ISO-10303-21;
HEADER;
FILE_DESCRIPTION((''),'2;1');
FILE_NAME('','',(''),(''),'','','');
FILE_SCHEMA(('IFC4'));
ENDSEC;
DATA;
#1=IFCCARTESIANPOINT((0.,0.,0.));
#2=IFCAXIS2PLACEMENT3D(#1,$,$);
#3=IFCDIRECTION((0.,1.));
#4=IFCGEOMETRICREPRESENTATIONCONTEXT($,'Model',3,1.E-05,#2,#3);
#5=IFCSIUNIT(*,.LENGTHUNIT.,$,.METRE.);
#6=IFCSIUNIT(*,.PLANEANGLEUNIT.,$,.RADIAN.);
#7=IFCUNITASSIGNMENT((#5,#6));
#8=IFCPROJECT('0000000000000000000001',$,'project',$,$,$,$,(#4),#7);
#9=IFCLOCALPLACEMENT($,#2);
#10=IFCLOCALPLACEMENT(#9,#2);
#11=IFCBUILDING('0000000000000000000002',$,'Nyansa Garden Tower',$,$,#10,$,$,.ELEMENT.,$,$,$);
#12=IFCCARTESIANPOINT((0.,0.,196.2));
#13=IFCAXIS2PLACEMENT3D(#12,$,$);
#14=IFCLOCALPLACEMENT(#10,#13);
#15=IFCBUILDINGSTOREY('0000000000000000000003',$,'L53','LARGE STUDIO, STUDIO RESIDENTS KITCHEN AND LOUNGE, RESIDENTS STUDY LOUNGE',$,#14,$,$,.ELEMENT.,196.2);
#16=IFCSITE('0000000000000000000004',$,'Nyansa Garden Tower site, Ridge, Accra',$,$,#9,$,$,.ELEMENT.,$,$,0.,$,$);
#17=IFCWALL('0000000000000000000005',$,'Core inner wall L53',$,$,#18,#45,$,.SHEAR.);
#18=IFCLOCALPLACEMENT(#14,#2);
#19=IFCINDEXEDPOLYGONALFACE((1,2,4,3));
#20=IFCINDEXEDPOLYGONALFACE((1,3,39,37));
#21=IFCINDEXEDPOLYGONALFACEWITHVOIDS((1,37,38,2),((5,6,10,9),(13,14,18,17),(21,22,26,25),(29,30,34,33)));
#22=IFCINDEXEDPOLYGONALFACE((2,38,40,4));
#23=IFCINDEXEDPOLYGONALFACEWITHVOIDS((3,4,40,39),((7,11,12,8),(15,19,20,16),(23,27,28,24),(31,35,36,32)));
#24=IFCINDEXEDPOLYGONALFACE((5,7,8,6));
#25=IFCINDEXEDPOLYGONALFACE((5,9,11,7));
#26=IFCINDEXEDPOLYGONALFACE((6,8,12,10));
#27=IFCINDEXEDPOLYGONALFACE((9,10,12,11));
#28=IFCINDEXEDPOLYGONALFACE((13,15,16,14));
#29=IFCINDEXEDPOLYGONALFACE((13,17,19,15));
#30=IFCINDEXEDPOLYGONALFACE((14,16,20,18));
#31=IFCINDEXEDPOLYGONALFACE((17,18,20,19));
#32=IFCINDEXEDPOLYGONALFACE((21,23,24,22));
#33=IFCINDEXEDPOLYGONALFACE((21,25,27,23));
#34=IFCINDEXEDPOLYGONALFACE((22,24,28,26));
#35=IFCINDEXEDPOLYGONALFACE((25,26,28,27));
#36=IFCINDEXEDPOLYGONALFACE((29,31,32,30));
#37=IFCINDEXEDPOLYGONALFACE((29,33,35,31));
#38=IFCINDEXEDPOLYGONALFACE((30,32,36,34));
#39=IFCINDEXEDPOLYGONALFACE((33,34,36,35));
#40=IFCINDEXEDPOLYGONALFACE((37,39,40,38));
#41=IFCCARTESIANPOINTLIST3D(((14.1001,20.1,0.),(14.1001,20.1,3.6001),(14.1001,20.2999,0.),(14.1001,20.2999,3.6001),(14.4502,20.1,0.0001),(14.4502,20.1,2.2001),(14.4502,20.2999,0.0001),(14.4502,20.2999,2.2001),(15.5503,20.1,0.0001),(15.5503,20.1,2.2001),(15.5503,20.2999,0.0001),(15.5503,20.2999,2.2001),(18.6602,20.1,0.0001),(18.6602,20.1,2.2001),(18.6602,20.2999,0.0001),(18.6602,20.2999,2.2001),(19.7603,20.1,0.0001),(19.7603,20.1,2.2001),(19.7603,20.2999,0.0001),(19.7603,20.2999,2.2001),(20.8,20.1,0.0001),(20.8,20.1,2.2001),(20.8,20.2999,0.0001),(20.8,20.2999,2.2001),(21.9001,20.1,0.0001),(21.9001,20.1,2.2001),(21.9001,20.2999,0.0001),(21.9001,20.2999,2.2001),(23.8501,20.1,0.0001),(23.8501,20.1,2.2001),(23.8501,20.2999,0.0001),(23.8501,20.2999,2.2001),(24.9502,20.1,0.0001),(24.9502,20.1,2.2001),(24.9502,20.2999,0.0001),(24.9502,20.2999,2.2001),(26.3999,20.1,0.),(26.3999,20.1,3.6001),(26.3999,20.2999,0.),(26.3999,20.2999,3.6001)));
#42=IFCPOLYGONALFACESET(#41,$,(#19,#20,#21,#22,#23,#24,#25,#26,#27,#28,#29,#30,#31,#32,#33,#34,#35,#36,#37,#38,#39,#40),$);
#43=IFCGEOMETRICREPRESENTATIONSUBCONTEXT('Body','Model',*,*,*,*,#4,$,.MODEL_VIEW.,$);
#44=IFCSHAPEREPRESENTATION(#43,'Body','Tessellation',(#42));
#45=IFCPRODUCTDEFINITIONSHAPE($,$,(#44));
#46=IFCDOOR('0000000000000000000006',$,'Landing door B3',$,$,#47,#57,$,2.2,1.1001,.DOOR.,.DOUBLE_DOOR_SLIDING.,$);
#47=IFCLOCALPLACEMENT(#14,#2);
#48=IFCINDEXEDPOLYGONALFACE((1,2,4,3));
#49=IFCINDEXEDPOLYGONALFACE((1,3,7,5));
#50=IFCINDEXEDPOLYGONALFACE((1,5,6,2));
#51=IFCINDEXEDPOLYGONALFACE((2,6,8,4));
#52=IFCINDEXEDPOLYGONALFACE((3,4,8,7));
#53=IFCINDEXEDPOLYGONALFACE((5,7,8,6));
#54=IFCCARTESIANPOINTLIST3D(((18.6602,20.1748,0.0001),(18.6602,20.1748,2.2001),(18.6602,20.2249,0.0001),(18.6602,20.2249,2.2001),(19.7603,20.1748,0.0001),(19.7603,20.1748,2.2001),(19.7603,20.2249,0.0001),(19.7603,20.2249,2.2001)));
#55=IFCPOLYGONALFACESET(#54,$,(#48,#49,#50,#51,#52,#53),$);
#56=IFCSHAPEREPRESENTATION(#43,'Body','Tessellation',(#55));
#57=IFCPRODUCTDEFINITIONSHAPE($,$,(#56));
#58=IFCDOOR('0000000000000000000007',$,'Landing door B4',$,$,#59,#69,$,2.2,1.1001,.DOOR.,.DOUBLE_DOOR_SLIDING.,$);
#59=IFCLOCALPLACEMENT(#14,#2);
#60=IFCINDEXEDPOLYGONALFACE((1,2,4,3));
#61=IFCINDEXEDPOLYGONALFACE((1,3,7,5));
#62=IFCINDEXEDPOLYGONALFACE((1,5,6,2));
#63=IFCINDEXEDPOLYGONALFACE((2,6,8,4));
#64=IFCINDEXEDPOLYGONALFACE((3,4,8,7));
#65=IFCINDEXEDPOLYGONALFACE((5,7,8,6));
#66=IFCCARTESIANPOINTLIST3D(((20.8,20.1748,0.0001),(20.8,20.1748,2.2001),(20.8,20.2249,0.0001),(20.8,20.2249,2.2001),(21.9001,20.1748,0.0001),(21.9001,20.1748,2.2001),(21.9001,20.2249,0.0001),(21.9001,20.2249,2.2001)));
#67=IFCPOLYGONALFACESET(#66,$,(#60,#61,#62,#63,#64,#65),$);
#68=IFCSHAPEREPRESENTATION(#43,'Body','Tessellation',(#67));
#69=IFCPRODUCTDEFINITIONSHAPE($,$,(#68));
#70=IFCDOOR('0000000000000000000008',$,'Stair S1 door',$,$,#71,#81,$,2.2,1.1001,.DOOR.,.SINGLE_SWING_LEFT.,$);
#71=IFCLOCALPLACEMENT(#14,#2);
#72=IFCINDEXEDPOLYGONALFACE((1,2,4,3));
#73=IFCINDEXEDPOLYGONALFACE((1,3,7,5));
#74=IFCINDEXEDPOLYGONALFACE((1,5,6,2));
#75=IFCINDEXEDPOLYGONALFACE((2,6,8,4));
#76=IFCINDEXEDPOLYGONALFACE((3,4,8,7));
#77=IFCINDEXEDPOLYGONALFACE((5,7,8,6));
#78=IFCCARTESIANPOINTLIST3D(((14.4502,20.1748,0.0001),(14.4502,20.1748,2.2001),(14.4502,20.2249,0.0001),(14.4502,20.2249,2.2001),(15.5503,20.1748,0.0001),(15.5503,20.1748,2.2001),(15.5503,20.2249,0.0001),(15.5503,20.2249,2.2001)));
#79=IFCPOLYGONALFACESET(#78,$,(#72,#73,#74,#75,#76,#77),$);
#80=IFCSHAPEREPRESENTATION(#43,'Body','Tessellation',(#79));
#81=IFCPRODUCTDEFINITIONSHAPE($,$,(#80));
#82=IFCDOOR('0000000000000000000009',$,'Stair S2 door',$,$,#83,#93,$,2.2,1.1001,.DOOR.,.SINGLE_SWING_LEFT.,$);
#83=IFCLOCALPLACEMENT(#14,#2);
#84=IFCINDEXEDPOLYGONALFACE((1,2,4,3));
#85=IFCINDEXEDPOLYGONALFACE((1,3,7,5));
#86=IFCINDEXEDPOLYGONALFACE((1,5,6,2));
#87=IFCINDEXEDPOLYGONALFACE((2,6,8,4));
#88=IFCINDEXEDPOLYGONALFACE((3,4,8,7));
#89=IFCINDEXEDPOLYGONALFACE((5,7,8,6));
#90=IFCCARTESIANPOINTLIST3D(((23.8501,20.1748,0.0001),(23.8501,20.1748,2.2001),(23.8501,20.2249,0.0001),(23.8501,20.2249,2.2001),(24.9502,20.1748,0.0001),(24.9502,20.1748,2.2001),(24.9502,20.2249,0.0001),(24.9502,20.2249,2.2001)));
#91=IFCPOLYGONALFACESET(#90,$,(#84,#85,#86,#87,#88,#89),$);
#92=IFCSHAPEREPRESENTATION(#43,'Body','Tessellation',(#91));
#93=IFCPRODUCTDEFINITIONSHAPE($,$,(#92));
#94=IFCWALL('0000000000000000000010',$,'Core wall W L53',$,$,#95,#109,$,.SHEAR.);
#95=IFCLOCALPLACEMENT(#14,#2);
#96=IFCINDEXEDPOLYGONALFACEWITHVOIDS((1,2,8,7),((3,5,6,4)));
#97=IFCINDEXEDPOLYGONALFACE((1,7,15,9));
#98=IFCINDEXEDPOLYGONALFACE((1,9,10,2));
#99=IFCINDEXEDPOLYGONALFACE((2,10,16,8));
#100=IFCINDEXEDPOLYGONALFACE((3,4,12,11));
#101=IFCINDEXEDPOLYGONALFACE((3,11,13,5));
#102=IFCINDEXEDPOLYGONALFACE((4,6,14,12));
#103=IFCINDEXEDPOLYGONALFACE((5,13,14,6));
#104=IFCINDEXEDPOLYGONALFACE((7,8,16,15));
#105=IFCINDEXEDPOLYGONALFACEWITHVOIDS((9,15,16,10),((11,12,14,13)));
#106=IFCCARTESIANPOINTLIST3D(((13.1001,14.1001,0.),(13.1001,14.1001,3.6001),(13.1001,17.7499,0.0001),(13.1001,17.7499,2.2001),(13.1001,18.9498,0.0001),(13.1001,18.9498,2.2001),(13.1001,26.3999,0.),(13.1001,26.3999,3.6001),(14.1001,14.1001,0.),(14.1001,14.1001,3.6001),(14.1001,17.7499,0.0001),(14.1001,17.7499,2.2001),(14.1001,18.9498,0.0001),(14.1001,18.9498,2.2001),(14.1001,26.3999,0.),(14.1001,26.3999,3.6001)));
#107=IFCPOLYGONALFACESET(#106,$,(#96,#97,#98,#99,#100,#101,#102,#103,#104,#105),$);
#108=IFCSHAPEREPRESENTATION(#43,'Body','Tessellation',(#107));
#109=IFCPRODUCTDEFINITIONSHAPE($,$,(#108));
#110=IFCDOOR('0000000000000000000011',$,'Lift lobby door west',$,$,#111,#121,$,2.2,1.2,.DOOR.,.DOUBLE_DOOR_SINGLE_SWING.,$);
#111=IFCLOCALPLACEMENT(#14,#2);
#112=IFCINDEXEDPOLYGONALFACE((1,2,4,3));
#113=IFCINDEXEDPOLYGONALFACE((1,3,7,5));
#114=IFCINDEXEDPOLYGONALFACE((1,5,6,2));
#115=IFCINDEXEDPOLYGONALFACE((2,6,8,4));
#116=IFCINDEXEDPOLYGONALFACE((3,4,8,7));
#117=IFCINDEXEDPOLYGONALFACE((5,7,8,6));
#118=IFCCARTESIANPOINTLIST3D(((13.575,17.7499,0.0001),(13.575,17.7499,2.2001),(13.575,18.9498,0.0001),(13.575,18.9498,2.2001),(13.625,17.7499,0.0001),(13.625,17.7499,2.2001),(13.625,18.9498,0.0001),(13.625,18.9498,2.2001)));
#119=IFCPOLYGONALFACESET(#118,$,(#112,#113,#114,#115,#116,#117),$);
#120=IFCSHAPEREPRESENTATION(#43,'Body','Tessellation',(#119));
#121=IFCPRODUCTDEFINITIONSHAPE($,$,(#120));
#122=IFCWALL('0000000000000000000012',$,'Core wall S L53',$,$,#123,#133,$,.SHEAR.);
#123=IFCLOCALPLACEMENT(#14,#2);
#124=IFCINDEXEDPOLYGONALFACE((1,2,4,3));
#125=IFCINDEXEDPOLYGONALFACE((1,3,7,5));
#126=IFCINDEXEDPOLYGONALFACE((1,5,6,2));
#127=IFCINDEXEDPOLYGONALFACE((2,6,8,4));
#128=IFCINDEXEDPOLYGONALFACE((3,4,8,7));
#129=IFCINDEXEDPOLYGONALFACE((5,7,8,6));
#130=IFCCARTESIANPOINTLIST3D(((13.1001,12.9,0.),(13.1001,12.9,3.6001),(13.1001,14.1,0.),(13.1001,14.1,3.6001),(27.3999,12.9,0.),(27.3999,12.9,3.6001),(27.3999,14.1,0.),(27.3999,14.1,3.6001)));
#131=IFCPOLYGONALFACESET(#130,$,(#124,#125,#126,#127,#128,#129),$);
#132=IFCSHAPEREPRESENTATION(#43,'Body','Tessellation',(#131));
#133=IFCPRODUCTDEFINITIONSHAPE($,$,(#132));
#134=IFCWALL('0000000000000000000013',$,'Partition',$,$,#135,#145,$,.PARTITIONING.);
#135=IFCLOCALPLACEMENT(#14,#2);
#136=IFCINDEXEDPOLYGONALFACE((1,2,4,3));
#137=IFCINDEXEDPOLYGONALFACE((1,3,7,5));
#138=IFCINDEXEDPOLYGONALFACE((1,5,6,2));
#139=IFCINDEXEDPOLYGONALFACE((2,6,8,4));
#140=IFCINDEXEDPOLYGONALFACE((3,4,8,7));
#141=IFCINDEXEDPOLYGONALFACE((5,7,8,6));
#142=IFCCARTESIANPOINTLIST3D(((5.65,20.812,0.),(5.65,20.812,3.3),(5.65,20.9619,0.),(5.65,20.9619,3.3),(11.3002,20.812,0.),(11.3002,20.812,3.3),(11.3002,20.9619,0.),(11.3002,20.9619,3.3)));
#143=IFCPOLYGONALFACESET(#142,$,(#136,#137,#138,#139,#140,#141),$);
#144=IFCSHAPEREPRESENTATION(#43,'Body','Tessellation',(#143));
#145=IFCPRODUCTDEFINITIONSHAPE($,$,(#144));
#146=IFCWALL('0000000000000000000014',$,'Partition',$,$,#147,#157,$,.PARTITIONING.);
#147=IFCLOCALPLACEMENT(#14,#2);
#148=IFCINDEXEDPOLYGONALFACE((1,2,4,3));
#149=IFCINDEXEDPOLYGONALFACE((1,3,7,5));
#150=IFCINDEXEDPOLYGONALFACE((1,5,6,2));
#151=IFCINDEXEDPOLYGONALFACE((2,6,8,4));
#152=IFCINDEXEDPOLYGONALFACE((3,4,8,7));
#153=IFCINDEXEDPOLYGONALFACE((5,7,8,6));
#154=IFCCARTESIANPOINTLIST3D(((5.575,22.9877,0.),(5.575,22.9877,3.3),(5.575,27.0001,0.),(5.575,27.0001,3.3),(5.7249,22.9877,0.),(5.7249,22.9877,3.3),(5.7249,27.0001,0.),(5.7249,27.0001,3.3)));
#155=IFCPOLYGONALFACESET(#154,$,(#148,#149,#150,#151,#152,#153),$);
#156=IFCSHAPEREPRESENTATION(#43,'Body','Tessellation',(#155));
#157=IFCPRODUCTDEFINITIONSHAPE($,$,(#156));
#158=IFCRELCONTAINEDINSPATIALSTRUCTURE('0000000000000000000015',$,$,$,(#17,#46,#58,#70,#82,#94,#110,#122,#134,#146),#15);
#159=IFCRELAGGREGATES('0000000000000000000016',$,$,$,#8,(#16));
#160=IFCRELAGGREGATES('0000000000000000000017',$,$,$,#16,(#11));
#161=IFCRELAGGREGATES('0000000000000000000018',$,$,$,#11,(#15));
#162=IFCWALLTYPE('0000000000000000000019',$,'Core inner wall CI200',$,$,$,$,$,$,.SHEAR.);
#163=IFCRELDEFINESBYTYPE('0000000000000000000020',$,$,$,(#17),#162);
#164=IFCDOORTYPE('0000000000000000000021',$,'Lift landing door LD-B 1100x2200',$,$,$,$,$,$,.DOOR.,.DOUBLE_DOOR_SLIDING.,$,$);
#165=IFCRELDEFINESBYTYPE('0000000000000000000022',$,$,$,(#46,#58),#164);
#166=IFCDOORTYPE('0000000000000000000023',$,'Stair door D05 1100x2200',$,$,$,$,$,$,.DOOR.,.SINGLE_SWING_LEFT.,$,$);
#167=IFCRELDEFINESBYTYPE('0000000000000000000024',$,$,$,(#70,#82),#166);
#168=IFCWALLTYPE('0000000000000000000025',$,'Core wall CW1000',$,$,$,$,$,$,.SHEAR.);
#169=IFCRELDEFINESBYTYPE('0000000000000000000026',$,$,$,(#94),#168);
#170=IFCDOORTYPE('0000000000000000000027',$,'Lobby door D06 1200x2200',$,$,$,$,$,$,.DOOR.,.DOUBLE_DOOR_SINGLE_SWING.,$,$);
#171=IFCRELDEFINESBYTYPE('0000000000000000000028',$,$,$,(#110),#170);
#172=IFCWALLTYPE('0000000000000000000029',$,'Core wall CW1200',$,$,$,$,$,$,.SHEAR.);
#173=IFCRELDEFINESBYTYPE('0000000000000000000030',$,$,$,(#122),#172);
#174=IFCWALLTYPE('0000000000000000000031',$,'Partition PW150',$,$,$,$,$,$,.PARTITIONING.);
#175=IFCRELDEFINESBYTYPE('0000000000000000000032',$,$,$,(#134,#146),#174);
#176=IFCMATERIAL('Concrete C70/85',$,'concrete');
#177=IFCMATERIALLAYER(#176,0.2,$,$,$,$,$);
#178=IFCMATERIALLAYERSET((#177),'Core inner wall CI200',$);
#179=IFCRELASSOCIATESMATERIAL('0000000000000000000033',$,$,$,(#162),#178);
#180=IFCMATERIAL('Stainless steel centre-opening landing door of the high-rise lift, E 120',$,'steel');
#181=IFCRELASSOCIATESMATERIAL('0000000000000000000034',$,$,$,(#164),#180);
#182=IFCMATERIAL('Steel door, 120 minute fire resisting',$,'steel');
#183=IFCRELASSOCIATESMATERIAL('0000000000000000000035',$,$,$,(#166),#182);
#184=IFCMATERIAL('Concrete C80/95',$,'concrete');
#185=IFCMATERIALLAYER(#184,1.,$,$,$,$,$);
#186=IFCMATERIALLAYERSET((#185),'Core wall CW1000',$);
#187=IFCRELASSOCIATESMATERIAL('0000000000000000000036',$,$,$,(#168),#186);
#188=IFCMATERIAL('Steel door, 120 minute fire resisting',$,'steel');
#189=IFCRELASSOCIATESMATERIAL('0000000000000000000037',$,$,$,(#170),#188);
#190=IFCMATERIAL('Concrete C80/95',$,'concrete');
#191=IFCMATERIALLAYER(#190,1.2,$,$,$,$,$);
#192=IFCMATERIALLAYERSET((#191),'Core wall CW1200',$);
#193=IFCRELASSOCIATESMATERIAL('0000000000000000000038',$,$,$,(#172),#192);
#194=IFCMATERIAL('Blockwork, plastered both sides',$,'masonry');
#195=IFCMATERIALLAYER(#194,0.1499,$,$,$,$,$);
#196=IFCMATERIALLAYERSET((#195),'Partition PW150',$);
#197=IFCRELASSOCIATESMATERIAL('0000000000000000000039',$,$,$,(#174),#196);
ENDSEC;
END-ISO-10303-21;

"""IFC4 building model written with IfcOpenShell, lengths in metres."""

from ifc_helpers import new_model, si_unit, direction, frame, frame_2d, origin, place, context, subcontext, project, spatial, rectangle, extrude, material, layer, layer_set, type_object, element, fill, save


model = new_model("IFC4")

# Units and contexts
model_context = context("Model", 3, precision=1e-05, world=origin(), true_north=direction((0.0, 1.0)))
body_context = subcontext(model_context, "Body", "Model", "MODEL_VIEW")
ifc_project = project(units=[si_unit("LENGTHUNIT", "METRE"), si_unit("PLANEANGLEUNIT", "RADIAN")], contexts=[model_context])

# Site, building, storey
site_placement = place(None, origin())
site = spatial("IfcSite", under=ifc_project, at=site_placement, Name="Nyansa Garden Tower site, Ridge, Accra", CompositionType="ELEMENT", RefElevation=0.0)
building_placement = place(site_placement, origin())
building = spatial("IfcBuilding", under=site, at=building_placement, Name="Nyansa Garden Tower", CompositionType="ELEMENT")
storey_placement = place(building_placement, frame((0.0, 0.0, 196.2)))
storey = spatial("IfcBuildingStorey", under=building, at=storey_placement, Name="L53", Description="LARGE STUDIO, STUDIO RESIDENTS KITCHEN AND LOUNGE, RESIDENTS STUDY LOUNGE", CompositionType="ELEMENT", Elevation=196.2)

# Wall, openings, doors
ifc_material_1 = material(Name="Concrete C70/85", Category="concrete")
ifc_layer_1 = layer(ifc_material_1, 0.2)
ifc_layer_set_1 = layer_set([ifc_layer_1], Name="Core inner wall CI200")
wall_type_1 = type_object("IfcWallType", Name="Core inner wall CI200", PredefinedType="SHEAR", material=ifc_layer_set_1)
ifc_material_2 = material(Name="Stainless steel centre-opening landing door of the high-rise lift, E 120", Category="steel")
door_type_1 = type_object("IfcDoorType", Name="Lift landing door LD-B 1100x2200", OperationType="DOUBLE_DOOR_SLIDING", PredefinedType="DOOR", material=ifc_material_2)
wall_1_placement = place(storey_placement, frame((14.1001, 20.2, 0.0), z_axis=(0.0, 0.0, 1.0), x_axis=(1.0, 0.0, 0.0)))
wall_1 = element("IfcWall", 1, at=wall_1_placement, inside=storey, type_object=wall_type_1, Name="Core inner wall L53", PredefinedType="SHEAR", context=body_context, shape_type="SweptSolid", body=[
    extrude(rectangle(XDim=12.2998, YDim=0.2, at=frame_2d((6.1499, 0.0))), origin(), (0.0, 0.0, 1.0), 3.6001),
])
opening_1_placement = place(wall_1_placement, frame((4.5601, 0.0, 0.0)))
opening_1 = element("IfcOpeningElement", 2, at=opening_1_placement, cuts=wall_1, PredefinedType="OPENING", context=body_context, shape_type="SweptSolid", body=[
    extrude(rectangle(XDim=1.1001, YDim=2.2, at=frame_2d((0.55, 1.1001))), frame((0.0, 0.1099, 0.0), z_axis=(0.0, -1.0, 0.0), x_axis=(1.0, 0.0, 0.0)), (0.0, 0.0, 1.0), 0.22),
])
opening_2_placement = place(wall_1_placement, frame((6.7, 0.0, 0.0)))
opening_2 = element("IfcOpeningElement", 3, at=opening_2_placement, cuts=wall_1, PredefinedType="OPENING", context=body_context, shape_type="SweptSolid", body=[
    extrude(rectangle(XDim=1.1001, YDim=2.2, at=frame_2d((0.55, 1.1001))), frame((0.0, 0.1099, 0.0), z_axis=(0.0, -1.0, 0.0), x_axis=(1.0, 0.0, 0.0)), (0.0, 0.0, 1.0), 0.22),
])
opening_3_placement = place(wall_1_placement, frame((0.3501, 0.0, 0.0)))
opening_3 = element("IfcOpeningElement", 4, at=opening_3_placement, cuts=wall_1, PredefinedType="OPENING", context=body_context, shape_type="SweptSolid", body=[
    extrude(rectangle(XDim=1.1001, YDim=2.2, at=frame_2d((0.55, 1.1001))), frame((0.0, 0.1099, 0.0), z_axis=(0.0, -1.0, 0.0), x_axis=(1.0, 0.0, 0.0)), (0.0, 0.0, 1.0), 0.22),
])
opening_4_placement = place(wall_1_placement, frame((9.75, 0.0, 0.0)))
opening_4 = element("IfcOpeningElement", 5, at=opening_4_placement, cuts=wall_1, PredefinedType="OPENING", context=body_context, shape_type="SweptSolid", body=[
    extrude(rectangle(XDim=1.1001, YDim=2.2, at=frame_2d((0.55, 1.1001))), frame((0.0, 0.1099, 0.0), z_axis=(0.0, -1.0, 0.0), x_axis=(1.0, 0.0, 0.0)), (0.0, 0.0, 1.0), 0.22),
])
door_1_placement = place(opening_1_placement, origin())
door_1 = element("IfcDoor", 6, at=door_1_placement, inside=storey, type_object=door_type_1, Name="Landing door B3", OperationType="DOUBLE_DOOR_SLIDING", OverallHeight=2.2, OverallWidth=1.1001, PredefinedType="DOOR", context=body_context, shape_type="SweptSolid", body=[
    extrude(rectangle(XDim=1.1001, YDim=2.2, at=frame_2d((0.55, 1.1001))), frame((0.0, 0.0249, 0.0), z_axis=(0.0, -1.0, 0.0), x_axis=(1.0, 0.0, 0.0)), (0.0, 0.0, 1.0), 0.05),
])
fill(opening_1, door_1)
door_2_placement = place(opening_2_placement, origin())
door_2 = element("IfcDoor", 7, at=door_2_placement, inside=storey, type_object=door_type_1, Name="Landing door B4", OperationType="DOUBLE_DOOR_SLIDING", OverallHeight=2.2, OverallWidth=1.1001, PredefinedType="DOOR", context=body_context, shape_type="SweptSolid", body=[
    extrude(rectangle(XDim=1.1001, YDim=2.2, at=frame_2d((0.55, 1.1001))), frame((0.0, 0.0249, 0.0), z_axis=(0.0, -1.0, 0.0), x_axis=(1.0, 0.0, 0.0)), (0.0, 0.0, 1.0), 0.05),
])
fill(opening_2, door_2)
ifc_material_3 = material(Name="Steel door, 120 minute fire resisting", Category="steel")
door_type_2 = type_object("IfcDoorType", Name="Stair door D05 1100x2200", OperationType="SINGLE_SWING_LEFT", PredefinedType="DOOR", material=ifc_material_3)
door_3_placement = place(opening_3_placement, origin())
door_3 = element("IfcDoor", 8, at=door_3_placement, inside=storey, type_object=door_type_2, Name="Stair S1 door", OperationType="SINGLE_SWING_LEFT", OverallHeight=2.2, OverallWidth=1.1001, PredefinedType="DOOR", context=body_context, shape_type="SweptSolid", body=[
    extrude(rectangle(XDim=1.1001, YDim=2.2, at=frame_2d((0.55, 1.1001))), frame((0.0, 0.0249, 0.0), z_axis=(0.0, -1.0, 0.0), x_axis=(1.0, 0.0, 0.0)), (0.0, 0.0, 1.0), 0.05),
])
fill(opening_3, door_3)
door_4_placement = place(opening_4_placement, origin())
door_4 = element("IfcDoor", 9, at=door_4_placement, inside=storey, type_object=door_type_2, Name="Stair S2 door", OperationType="SINGLE_SWING_LEFT", OverallHeight=2.2, OverallWidth=1.1001, PredefinedType="DOOR", context=body_context, shape_type="SweptSolid", body=[
    extrude(rectangle(XDim=1.1001, YDim=2.2, at=frame_2d((0.55, 1.1001))), frame((0.0, 0.0249, 0.0), z_axis=(0.0, -1.0, 0.0), x_axis=(1.0, 0.0, 0.0)), (0.0, 0.0, 1.0), 0.05),
])
fill(opening_4, door_4)

# Wall, opening, door
ifc_material_4 = material(Name="Concrete C80/95", Category="concrete")
ifc_layer_2 = layer(ifc_material_4, 1.0)
ifc_layer_set_2 = layer_set([ifc_layer_2], Name="Core wall CW1000")
wall_type_2 = type_object("IfcWallType", Name="Core wall CW1000", PredefinedType="SHEAR", material=ifc_layer_set_2)
wall_2_placement = place(storey_placement, frame((13.6001, 26.3999, 0.0), z_axis=(0.0, 0.0, 1.0), x_axis=(0.0, -1.0, 0.0)))
wall_2 = element("IfcWall", 10, at=wall_2_placement, inside=storey, type_object=wall_type_2, Name="Core wall W L53", PredefinedType="SHEAR", context=body_context, shape_type="SweptSolid", body=[
    extrude(rectangle(XDim=12.2998, YDim=1.0, at=frame_2d((6.1499, 0.0))), origin(), (0.0, 0.0, 1.0), 3.6001),
])
opening_5_placement = place(wall_2_placement, frame((7.45, 0.0, 0.0)))
opening_5 = element("IfcOpeningElement", 11, at=opening_5_placement, cuts=wall_2, PredefinedType="OPENING", context=body_context, shape_type="SweptSolid", body=[
    extrude(rectangle(XDim=1.2, YDim=2.2, at=frame_2d((0.6001, 1.1001))), frame((0.0, 0.51, 0.0), z_axis=(0.0, -1.0, 0.0), x_axis=(1.0, 0.0, 0.0)), (0.0, 0.0, 1.0), 1.02),
])
ifc_material_5 = material(Name="Steel door, 120 minute fire resisting", Category="steel")
door_type_3 = type_object("IfcDoorType", Name="Lobby door D06 1200x2200", OperationType="DOUBLE_DOOR_SINGLE_SWING", PredefinedType="DOOR", material=ifc_material_5)
door_5_placement = place(opening_5_placement, origin())
door_5 = element("IfcDoor", 12, at=door_5_placement, inside=storey, type_object=door_type_3, Name="Lift lobby door west", OperationType="DOUBLE_DOOR_SINGLE_SWING", OverallHeight=2.2, OverallWidth=1.2, PredefinedType="DOOR", context=body_context, shape_type="SweptSolid", body=[
    extrude(rectangle(XDim=1.2, YDim=2.2, at=frame_2d((0.6001, 1.1001))), frame((0.0, 0.0249, 0.0), z_axis=(0.0, -1.0, 0.0), x_axis=(1.0, 0.0, 0.0)), (0.0, 0.0, 1.0), 0.05),
])
fill(opening_5, door_5)

# Walls
ifc_material_6 = material(Name="Concrete C80/95", Category="concrete")
ifc_layer_3 = layer(ifc_material_6, 1.2)
ifc_layer_set_3 = layer_set([ifc_layer_3], Name="Core wall CW1200")
wall_type_3 = type_object("IfcWallType", Name="Core wall CW1200", PredefinedType="SHEAR", material=ifc_layer_set_3)
wall_3_placement = place(storey_placement, frame((13.1001, 13.5, 0.0), z_axis=(0.0, 0.0, 1.0), x_axis=(1.0, 0.0, 0.0)))
element("IfcWall", 13, at=wall_3_placement, inside=storey, type_object=wall_type_3, Name="Core wall S L53", PredefinedType="SHEAR", context=body_context, shape_type="SweptSolid", body=[
    extrude(rectangle(XDim=14.2998, YDim=1.2, at=frame_2d((7.1499, 0.0))), origin(), (0.0, 0.0, 1.0), 3.6001),
])
ifc_material_7 = material(Name="Blockwork, plastered both sides", Category="masonry")
ifc_layer_4 = layer(ifc_material_7, 0.1499)
ifc_layer_set_4 = layer_set([ifc_layer_4], Name="Partition PW150")
wall_type_4 = type_object("IfcWallType", Name="Partition PW150", PredefinedType="PARTITIONING", material=ifc_layer_set_4)
wall_4_placement = place(storey_placement, frame((5.6499, 20.887, 0.0), z_axis=(0.0, 0.0, 1.0), x_axis=(1.0, 0.0, 0.0)))
element("IfcWall", 14, at=wall_4_placement, inside=storey, type_object=wall_type_4, Name="Partition", PredefinedType="PARTITIONING", context=body_context, shape_type="SweptSolid", body=[
    extrude(rectangle(XDim=5.6501, YDim=0.1499, at=frame_2d((2.8252, 0.0))), origin(), (0.0, 0.0, 1.0), 3.3),
])
wall_5_placement = place(storey_placement, frame((5.6499, 22.9875, 0.0), z_axis=(0.0, 0.0, 1.0), x_axis=(0.0, 1.0, 0.0)))
element("IfcWall", 15, at=wall_5_placement, inside=storey, type_object=wall_type_4, Name="Partition", PredefinedType="PARTITIONING", context=body_context, shape_type="SweptSolid", body=[
    extrude(rectangle(XDim=4.0125, YDim=0.1499, at=frame_2d((2.0063, 0.0))), origin(), (0.0, 0.0, 1.0), 3.3),
])

save(model, "model.ifc")
